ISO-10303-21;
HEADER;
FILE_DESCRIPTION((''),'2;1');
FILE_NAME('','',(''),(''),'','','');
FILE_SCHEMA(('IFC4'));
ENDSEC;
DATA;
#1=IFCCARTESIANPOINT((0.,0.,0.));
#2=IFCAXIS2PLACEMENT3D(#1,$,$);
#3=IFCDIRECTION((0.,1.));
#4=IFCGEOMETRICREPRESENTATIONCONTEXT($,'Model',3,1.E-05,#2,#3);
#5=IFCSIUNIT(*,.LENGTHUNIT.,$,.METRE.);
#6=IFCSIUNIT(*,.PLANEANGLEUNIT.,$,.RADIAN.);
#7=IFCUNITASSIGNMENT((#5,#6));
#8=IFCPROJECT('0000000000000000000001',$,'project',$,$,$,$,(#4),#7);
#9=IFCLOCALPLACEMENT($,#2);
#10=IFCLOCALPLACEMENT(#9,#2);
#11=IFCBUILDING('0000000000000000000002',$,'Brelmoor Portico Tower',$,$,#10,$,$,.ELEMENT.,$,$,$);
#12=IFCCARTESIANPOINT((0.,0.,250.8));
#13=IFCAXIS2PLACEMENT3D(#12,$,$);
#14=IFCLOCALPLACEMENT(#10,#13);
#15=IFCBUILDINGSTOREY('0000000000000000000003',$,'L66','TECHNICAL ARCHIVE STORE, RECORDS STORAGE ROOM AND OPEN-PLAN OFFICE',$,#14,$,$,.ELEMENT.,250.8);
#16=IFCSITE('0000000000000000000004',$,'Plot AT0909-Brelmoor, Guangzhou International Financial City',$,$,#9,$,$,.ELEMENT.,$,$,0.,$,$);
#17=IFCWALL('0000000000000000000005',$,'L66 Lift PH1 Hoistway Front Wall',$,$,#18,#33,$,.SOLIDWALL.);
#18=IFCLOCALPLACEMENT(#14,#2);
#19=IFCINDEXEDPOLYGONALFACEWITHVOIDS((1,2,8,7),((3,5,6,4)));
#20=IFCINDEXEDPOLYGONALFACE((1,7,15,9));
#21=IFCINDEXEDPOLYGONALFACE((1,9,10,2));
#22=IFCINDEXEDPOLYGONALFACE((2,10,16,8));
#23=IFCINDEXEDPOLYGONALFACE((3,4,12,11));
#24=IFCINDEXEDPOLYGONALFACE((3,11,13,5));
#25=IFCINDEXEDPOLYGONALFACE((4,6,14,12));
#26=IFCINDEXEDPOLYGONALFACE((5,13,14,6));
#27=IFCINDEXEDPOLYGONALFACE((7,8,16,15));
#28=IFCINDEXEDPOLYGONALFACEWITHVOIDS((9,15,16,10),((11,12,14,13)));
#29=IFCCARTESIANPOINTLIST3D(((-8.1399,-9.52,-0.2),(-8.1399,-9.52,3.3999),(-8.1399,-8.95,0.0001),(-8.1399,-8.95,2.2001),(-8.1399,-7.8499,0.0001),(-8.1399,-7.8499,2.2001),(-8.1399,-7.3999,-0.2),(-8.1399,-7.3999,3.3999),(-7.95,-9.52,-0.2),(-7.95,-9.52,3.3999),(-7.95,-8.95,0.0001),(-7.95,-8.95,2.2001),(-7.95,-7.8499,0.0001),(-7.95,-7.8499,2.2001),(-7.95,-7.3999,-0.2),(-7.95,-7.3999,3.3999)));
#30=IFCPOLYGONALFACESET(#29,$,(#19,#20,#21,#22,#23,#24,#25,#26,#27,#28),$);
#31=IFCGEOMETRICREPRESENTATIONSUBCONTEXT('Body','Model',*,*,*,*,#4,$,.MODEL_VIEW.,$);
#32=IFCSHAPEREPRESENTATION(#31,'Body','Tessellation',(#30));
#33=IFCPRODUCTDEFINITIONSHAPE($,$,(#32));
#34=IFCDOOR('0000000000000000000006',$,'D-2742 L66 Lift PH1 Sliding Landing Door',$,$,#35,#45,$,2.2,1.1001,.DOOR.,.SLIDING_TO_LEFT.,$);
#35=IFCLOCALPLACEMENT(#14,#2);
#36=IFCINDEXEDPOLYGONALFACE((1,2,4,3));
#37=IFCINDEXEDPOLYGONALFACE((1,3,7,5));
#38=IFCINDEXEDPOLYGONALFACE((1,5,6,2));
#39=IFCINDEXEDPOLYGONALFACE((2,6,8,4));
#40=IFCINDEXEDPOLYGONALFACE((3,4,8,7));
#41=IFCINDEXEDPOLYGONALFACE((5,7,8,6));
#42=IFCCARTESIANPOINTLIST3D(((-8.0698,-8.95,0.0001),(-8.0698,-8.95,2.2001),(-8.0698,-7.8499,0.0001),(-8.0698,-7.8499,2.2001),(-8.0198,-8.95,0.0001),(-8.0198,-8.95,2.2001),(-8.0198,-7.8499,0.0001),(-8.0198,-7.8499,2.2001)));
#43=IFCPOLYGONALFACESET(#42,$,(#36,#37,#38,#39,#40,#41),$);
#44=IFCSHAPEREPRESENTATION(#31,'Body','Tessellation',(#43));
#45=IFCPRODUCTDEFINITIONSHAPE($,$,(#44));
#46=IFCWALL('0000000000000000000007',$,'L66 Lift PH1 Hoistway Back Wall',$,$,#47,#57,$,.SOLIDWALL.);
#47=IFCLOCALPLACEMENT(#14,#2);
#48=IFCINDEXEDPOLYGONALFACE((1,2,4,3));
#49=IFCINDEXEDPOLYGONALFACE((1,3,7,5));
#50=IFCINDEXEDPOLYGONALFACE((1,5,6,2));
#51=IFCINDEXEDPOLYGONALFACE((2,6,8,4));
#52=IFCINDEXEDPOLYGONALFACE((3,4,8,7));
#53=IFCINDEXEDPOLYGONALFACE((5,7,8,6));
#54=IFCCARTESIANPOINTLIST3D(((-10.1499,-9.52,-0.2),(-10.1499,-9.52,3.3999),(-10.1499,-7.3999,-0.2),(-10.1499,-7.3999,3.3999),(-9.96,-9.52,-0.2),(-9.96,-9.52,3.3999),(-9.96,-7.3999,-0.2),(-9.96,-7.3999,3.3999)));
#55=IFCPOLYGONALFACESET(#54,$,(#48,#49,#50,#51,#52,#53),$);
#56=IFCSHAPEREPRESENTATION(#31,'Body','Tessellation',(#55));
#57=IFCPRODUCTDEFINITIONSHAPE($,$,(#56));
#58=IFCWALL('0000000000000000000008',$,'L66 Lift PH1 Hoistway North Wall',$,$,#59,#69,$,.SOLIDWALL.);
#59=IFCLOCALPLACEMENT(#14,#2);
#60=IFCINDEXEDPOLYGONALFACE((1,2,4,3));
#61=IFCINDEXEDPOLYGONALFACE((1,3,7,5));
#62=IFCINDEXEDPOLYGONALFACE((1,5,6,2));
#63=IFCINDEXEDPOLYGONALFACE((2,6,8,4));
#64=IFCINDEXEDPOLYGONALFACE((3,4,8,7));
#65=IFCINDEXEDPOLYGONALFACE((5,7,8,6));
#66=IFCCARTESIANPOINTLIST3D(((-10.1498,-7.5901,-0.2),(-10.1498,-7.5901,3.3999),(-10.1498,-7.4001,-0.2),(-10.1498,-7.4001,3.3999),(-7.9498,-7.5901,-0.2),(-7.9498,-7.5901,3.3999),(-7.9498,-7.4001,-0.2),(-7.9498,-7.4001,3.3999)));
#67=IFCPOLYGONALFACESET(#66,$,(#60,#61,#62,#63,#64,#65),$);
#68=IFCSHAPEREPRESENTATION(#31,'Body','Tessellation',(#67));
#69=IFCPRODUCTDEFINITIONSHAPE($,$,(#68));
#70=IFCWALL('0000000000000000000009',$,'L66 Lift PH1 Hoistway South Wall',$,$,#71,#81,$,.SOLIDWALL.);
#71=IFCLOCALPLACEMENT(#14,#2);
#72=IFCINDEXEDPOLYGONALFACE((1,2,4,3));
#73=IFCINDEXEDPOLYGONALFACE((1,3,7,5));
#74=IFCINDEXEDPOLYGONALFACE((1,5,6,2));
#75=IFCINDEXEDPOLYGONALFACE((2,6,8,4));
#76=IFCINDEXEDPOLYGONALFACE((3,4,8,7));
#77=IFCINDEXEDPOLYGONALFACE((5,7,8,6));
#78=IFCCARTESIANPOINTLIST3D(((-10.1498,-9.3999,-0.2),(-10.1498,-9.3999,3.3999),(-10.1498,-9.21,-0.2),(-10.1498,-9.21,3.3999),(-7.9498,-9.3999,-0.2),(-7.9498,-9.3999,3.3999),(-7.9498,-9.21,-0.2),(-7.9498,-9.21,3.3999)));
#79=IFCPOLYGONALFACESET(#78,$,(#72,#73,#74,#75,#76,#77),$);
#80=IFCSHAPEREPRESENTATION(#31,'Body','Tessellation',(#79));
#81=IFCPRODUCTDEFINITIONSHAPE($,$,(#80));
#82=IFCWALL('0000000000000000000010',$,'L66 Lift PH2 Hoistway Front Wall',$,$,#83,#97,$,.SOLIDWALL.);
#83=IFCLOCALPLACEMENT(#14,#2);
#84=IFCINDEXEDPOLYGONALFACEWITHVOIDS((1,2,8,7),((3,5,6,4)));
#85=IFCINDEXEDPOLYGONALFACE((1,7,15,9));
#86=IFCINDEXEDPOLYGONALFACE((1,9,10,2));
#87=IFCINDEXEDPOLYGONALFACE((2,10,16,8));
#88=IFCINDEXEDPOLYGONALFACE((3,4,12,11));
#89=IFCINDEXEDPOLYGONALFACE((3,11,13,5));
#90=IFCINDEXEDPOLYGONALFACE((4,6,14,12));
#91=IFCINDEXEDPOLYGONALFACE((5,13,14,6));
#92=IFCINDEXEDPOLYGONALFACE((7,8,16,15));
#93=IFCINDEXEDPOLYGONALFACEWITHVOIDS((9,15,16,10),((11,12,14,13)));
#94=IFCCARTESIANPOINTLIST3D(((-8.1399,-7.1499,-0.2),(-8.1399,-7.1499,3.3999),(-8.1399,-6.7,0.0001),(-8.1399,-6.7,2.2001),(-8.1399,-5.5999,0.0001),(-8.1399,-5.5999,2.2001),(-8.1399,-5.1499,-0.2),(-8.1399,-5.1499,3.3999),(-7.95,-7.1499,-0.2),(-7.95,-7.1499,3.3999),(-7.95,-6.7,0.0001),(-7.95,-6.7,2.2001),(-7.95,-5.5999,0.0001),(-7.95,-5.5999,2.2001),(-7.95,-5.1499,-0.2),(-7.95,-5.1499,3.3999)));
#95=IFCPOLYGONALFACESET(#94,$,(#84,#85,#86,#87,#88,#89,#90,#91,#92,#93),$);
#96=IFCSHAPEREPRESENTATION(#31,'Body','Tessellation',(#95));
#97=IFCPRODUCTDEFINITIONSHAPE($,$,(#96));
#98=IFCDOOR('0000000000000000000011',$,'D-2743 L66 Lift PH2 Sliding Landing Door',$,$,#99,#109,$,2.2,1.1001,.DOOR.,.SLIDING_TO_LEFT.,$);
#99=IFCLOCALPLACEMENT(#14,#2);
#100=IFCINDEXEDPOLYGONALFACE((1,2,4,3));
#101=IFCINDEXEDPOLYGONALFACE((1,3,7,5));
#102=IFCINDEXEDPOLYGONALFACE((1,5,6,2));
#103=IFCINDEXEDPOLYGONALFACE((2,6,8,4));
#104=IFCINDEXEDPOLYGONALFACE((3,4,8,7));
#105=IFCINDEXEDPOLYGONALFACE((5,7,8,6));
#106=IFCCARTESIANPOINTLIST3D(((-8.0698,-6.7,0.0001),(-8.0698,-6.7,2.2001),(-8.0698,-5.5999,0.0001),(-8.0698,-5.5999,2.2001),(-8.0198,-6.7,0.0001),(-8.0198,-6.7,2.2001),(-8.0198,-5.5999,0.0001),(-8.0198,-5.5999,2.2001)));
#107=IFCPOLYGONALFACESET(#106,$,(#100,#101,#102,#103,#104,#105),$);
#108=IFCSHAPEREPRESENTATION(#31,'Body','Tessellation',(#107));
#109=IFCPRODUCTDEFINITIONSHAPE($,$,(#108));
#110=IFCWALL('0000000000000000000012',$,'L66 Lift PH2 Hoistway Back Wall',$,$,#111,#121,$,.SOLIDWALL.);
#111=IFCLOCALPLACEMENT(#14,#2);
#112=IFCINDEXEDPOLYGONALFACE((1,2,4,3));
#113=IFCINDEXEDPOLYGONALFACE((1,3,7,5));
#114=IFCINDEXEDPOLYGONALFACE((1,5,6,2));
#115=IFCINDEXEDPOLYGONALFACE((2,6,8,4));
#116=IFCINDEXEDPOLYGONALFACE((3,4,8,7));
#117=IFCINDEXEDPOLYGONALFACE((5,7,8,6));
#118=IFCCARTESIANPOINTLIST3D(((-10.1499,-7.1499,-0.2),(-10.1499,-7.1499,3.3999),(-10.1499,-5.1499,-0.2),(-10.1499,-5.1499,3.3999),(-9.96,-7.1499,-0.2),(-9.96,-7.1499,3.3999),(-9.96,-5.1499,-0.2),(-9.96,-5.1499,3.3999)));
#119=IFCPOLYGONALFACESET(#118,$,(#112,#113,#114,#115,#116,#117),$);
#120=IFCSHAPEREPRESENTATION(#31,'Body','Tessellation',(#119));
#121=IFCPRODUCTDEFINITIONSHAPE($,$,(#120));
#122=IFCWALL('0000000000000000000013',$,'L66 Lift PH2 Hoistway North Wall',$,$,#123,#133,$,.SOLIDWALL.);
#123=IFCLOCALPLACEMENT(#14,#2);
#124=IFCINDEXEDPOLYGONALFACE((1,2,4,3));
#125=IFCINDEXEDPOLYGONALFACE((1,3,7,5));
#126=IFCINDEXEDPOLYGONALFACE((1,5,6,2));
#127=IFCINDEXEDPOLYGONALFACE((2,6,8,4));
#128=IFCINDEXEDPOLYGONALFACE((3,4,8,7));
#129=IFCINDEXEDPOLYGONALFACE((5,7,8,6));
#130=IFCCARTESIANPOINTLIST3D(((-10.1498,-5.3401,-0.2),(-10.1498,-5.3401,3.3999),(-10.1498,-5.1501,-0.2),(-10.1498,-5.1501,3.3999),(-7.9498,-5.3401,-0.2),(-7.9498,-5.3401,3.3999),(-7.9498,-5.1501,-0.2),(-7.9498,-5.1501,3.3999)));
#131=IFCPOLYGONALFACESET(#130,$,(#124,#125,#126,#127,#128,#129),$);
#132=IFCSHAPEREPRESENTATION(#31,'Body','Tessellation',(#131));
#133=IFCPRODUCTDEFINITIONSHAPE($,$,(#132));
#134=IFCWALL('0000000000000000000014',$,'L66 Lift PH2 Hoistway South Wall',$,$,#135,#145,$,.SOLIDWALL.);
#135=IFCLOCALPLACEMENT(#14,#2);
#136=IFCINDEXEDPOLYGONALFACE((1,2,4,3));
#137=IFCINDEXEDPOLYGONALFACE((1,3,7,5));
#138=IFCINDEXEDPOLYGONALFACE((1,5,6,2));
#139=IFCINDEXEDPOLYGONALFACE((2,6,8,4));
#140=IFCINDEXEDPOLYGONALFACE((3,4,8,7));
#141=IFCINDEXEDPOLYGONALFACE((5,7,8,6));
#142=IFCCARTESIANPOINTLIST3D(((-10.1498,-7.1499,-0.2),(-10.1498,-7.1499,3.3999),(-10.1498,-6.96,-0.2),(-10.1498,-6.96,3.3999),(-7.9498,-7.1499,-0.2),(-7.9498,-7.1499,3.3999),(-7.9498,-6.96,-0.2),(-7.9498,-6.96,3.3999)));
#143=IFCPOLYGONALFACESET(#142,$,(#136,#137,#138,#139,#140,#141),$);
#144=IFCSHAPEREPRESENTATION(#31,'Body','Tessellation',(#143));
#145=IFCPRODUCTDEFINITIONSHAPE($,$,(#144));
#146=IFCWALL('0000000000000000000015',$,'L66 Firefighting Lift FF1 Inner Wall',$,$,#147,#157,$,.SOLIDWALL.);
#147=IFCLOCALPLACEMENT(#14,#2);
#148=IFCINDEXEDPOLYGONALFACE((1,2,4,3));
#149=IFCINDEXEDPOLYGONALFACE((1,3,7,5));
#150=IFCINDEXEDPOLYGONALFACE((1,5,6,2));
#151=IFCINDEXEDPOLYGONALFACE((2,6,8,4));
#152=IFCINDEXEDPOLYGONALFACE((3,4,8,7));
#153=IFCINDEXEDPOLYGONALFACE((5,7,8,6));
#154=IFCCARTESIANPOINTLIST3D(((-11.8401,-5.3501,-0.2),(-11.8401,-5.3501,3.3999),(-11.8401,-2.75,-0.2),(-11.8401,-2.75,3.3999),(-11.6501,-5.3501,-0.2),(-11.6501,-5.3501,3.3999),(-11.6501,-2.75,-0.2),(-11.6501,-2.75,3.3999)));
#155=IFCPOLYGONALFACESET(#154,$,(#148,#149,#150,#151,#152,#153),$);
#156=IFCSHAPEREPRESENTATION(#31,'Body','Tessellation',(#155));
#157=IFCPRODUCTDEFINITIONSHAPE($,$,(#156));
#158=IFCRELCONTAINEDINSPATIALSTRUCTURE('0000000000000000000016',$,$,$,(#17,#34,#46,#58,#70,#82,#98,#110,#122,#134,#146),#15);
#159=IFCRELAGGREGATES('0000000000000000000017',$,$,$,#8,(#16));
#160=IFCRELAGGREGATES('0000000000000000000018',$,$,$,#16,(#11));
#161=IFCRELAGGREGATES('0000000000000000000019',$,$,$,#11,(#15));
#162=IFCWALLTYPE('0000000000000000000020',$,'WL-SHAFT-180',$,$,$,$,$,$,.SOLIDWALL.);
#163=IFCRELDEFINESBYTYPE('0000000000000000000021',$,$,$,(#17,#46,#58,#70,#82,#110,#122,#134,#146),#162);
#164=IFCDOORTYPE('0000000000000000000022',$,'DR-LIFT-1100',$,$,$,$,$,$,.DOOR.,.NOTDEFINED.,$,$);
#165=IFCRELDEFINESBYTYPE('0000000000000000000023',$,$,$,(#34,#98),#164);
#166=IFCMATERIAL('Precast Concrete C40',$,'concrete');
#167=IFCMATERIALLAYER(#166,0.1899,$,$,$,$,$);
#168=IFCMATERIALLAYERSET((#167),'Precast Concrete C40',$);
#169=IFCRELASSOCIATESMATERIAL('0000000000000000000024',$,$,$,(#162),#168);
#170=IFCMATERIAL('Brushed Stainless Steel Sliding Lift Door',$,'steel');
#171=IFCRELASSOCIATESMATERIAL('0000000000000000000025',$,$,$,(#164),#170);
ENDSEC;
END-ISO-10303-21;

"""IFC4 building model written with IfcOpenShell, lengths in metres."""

from ifc_helpers import new_model, si_unit, direction, frame, frame_2d, origin, place, context, subcontext, project, spatial, rectangle, extrude, material, layer, layer_set, type_object, element, fill, save


model = new_model("IFC4")

# Units and contexts
model_context = context("Model", 3, precision=1e-05, world=origin(), true_north=direction((0.0, 1.0)))
body_context = subcontext(model_context, "Body", "Model", "MODEL_VIEW")
ifc_project = project(units=[si_unit("LENGTHUNIT", "METRE"), si_unit("PLANEANGLEUNIT", "RADIAN")], contexts=[model_context])

# Site, building, storey
site_placement = place(None, origin())
site = spatial("IfcSite", under=ifc_project, at=site_placement, Name="Plot AT0909-Brelmoor, Guangzhou International Financial City", CompositionType="ELEMENT", RefElevation=0.0)
building_placement = place(site_placement, origin())
building = spatial("IfcBuilding", under=site, at=building_placement, Name="Brelmoor Portico Tower", CompositionType="ELEMENT")
storey_placement = place(building_placement, frame((0.0, 0.0, 250.8)))
storey = spatial("IfcBuildingStorey", under=building, at=storey_placement, Name="L66", Description="TECHNICAL ARCHIVE STORE, RECORDS STORAGE ROOM AND OPEN-PLAN OFFICE", CompositionType="ELEMENT", Elevation=250.8)

# Wall, opening, door
ifc_material_1 = material(Name="Precast Concrete C40", Category="concrete")
ifc_layer_1 = layer(ifc_material_1, 0.1899)
ifc_layer_set_1 = layer_set([ifc_layer_1], Name="Precast Concrete C40")
wall_type_1 = type_object("IfcWallType", Name="WL-SHAFT-180", PredefinedType="SOLIDWALL", material=ifc_layer_set_1)
wall_1_placement = place(storey_placement, frame((-8.0449, -9.52, -0.2), z_axis=(0.0, 0.0, 1.0), x_axis=(0.0, 1.0, 0.0)))
wall_1 = element("IfcWall", 1, at=wall_1_placement, inside=storey, type_object=wall_type_1, Name="L66 Lift PH1 Hoistway Front Wall", PredefinedType="SOLIDWALL", context=body_context, shape_type="SweptSolid", body=[
    extrude(rectangle(XDim=2.1201, YDim=0.1899, at=frame_2d((1.0601, 0.0))), origin(), (0.0, 0.0, 1.0), 3.5999),
])
opening_1_placement = place(wall_1_placement, frame((0.5701, 0.0, 0.2)))
opening_1 = element("IfcOpeningElement", 2, at=opening_1_placement, cuts=wall_1, PredefinedType="OPENING", context=body_context, shape_type="SweptSolid", body=[
    extrude(rectangle(XDim=1.1001, YDim=2.2, at=frame_2d((0.55, 1.1001))), frame((0.0, 0.105, 0.0), z_axis=(0.0, -1.0, 0.0), x_axis=(1.0, 0.0, 0.0)), (0.0, 0.0, 1.0), 0.21),
])
ifc_material_2 = material(Name="Brushed Stainless Steel Sliding Lift Door", Category="steel")
door_type_1 = type_object("IfcDoorType", Name="DR-LIFT-1100", OperationType="NOTDEFINED", PredefinedType="DOOR", material=ifc_material_2)
door_1_placement = place(opening_1_placement, origin())
door_1 = element("IfcDoor", 3, at=door_1_placement, inside=storey, type_object=door_type_1, Name="D-2742 L66 Lift PH1 Sliding Landing Door", OperationType="SLIDING_TO_LEFT", OverallHeight=2.2, OverallWidth=1.1001, PredefinedType="DOOR", context=body_context, shape_type="SweptSolid", body=[
    extrude(rectangle(XDim=1.1001, YDim=2.2, at=frame_2d((0.55, 1.1001))), frame((0.0, 0.0249, 0.0), z_axis=(0.0, -1.0, 0.0), x_axis=(1.0, 0.0, 0.0)), (0.0, 0.0, 1.0), 0.05),
])
fill(opening_1, door_1)

# Walls
wall_2_placement = place(storey_placement, frame((-10.0549, -9.52, -0.2), z_axis=(0.0, 0.0, 1.0), x_axis=(0.0, 1.0, 0.0)))
element("IfcWall", 4, at=wall_2_placement, inside=storey, type_object=wall_type_1, Name="L66 Lift PH1 Hoistway Back Wall", PredefinedType="SOLIDWALL", context=body_context, shape_type="SweptSolid", body=[
    extrude(rectangle(XDim=2.1201, YDim=0.1899, at=frame_2d((1.0601, 0.0))), origin(), (0.0, 0.0, 1.0), 3.5999),
])
for number, where, z_axis, x_axis, name in (
    (5, (-10.1499, -7.4951, -0.2), (0.0, 0.0, 1.0), (1.0, 0.0, 0.0), "L66 Lift PH1 Hoistway North Wall"),
    (6, (-10.1499, -9.3049, -0.2), (0.0, 0.0, 1.0), (1.0, 0.0, 0.0), "L66 Lift PH1 Hoistway South Wall"),
):
    element("IfcWall", number, at=place(storey_placement, frame(where, z_axis=z_axis, x_axis=x_axis)), inside=storey, type_object=wall_type_1, Name=name, PredefinedType="SOLIDWALL", context=body_context, shape_type="SweptSolid", body=[
        extrude(rectangle(XDim=2.2, YDim=0.1899, at=frame_2d((1.1001, 0.0))), origin(), (0.0, 0.0, 1.0), 3.5999),
    ])

# Wall, opening, door
wall_3_placement = place(storey_placement, frame((-8.0449, -7.1499, -0.2), z_axis=(0.0, 0.0, 1.0), x_axis=(0.0, 1.0, 0.0)))
wall_3 = element("IfcWall", 7, at=wall_3_placement, inside=storey, type_object=wall_type_1, Name="L66 Lift PH2 Hoistway Front Wall", PredefinedType="SOLIDWALL", context=body_context, shape_type="SweptSolid", body=[
    extrude(rectangle(XDim=2.0, YDim=0.1899, at=frame_2d((1.0, 0.0))), origin(), (0.0, 0.0, 1.0), 3.5999),
])
opening_2_placement = place(wall_3_placement, frame((0.45, 0.0, 0.2)))
opening_2 = element("IfcOpeningElement", 8, at=opening_2_placement, cuts=wall_3, PredefinedType="OPENING", context=body_context, shape_type="SweptSolid", body=[
    extrude(rectangle(XDim=1.1001, YDim=2.2, at=frame_2d((0.55, 1.1001))), frame((0.0, 0.105, 0.0), z_axis=(0.0, -1.0, 0.0), x_axis=(1.0, 0.0, 0.0)), (0.0, 0.0, 1.0), 0.21),
])
door_2_placement = place(opening_2_placement, origin())
door_2 = element("IfcDoor", 9, at=door_2_placement, inside=storey, type_object=door_type_1, Name="D-2743 L66 Lift PH2 Sliding Landing Door", OperationType="SLIDING_TO_LEFT", OverallHeight=2.2, OverallWidth=1.1001, PredefinedType="DOOR", context=body_context, shape_type="SweptSolid", body=[
    extrude(rectangle(XDim=1.1001, YDim=2.2, at=frame_2d((0.55, 1.1001))), frame((0.0, 0.0249, 0.0), z_axis=(0.0, -1.0, 0.0), x_axis=(1.0, 0.0, 0.0)), (0.0, 0.0, 1.0), 0.05),
])
fill(opening_2, door_2)

# Walls
wall_4_placement = place(storey_placement, frame((-10.0549, -7.1499, -0.2), z_axis=(0.0, 0.0, 1.0), x_axis=(0.0, 1.0, 0.0)))
element("IfcWall", 10, at=wall_4_placement, inside=storey, type_object=wall_type_1, Name="L66 Lift PH2 Hoistway Back Wall", PredefinedType="SOLIDWALL", context=body_context, shape_type="SweptSolid", body=[
    extrude(rectangle(XDim=2.0, YDim=0.1899, at=frame_2d((1.0, 0.0))), origin(), (0.0, 0.0, 1.0), 3.5999),
])
for number, where, z_axis, x_axis, name in (
    (11, (-10.1499, -5.2451, -0.2), (0.0, 0.0, 1.0), (1.0, 0.0, 0.0), "L66 Lift PH2 Hoistway North Wall"),
    (12, (-10.1499, -7.0549, -0.2), (0.0, 0.0, 1.0), (1.0, 0.0, 0.0), "L66 Lift PH2 Hoistway South Wall"),
):
    element("IfcWall", number, at=place(storey_placement, frame(where, z_axis=z_axis, x_axis=x_axis)), inside=storey, type_object=wall_type_1, Name=name, PredefinedType="SOLIDWALL", context=body_context, shape_type="SweptSolid", body=[
        extrude(rectangle(XDim=2.2, YDim=0.1899, at=frame_2d((1.1001, 0.0))), origin(), (0.0, 0.0, 1.0), 3.5999),
    ])
wall_5_placement = place(storey_placement, frame((-11.7451, -5.3501, -0.2), z_axis=(0.0, 0.0, 1.0), x_axis=(0.0, 1.0, 0.0)))
element("IfcWall", 13, at=wall_5_placement, inside=storey, type_object=wall_type_1, Name="L66 Firefighting Lift FF1 Inner Wall", PredefinedType="SOLIDWALL", context=body_context, shape_type="SweptSolid", body=[
    extrude(rectangle(XDim=2.6001, YDim=0.1899, at=frame_2d((1.3, 0.0))), origin(), (0.0, 0.0, 1.0), 3.5999),
])

save(model, "model.ifc")
